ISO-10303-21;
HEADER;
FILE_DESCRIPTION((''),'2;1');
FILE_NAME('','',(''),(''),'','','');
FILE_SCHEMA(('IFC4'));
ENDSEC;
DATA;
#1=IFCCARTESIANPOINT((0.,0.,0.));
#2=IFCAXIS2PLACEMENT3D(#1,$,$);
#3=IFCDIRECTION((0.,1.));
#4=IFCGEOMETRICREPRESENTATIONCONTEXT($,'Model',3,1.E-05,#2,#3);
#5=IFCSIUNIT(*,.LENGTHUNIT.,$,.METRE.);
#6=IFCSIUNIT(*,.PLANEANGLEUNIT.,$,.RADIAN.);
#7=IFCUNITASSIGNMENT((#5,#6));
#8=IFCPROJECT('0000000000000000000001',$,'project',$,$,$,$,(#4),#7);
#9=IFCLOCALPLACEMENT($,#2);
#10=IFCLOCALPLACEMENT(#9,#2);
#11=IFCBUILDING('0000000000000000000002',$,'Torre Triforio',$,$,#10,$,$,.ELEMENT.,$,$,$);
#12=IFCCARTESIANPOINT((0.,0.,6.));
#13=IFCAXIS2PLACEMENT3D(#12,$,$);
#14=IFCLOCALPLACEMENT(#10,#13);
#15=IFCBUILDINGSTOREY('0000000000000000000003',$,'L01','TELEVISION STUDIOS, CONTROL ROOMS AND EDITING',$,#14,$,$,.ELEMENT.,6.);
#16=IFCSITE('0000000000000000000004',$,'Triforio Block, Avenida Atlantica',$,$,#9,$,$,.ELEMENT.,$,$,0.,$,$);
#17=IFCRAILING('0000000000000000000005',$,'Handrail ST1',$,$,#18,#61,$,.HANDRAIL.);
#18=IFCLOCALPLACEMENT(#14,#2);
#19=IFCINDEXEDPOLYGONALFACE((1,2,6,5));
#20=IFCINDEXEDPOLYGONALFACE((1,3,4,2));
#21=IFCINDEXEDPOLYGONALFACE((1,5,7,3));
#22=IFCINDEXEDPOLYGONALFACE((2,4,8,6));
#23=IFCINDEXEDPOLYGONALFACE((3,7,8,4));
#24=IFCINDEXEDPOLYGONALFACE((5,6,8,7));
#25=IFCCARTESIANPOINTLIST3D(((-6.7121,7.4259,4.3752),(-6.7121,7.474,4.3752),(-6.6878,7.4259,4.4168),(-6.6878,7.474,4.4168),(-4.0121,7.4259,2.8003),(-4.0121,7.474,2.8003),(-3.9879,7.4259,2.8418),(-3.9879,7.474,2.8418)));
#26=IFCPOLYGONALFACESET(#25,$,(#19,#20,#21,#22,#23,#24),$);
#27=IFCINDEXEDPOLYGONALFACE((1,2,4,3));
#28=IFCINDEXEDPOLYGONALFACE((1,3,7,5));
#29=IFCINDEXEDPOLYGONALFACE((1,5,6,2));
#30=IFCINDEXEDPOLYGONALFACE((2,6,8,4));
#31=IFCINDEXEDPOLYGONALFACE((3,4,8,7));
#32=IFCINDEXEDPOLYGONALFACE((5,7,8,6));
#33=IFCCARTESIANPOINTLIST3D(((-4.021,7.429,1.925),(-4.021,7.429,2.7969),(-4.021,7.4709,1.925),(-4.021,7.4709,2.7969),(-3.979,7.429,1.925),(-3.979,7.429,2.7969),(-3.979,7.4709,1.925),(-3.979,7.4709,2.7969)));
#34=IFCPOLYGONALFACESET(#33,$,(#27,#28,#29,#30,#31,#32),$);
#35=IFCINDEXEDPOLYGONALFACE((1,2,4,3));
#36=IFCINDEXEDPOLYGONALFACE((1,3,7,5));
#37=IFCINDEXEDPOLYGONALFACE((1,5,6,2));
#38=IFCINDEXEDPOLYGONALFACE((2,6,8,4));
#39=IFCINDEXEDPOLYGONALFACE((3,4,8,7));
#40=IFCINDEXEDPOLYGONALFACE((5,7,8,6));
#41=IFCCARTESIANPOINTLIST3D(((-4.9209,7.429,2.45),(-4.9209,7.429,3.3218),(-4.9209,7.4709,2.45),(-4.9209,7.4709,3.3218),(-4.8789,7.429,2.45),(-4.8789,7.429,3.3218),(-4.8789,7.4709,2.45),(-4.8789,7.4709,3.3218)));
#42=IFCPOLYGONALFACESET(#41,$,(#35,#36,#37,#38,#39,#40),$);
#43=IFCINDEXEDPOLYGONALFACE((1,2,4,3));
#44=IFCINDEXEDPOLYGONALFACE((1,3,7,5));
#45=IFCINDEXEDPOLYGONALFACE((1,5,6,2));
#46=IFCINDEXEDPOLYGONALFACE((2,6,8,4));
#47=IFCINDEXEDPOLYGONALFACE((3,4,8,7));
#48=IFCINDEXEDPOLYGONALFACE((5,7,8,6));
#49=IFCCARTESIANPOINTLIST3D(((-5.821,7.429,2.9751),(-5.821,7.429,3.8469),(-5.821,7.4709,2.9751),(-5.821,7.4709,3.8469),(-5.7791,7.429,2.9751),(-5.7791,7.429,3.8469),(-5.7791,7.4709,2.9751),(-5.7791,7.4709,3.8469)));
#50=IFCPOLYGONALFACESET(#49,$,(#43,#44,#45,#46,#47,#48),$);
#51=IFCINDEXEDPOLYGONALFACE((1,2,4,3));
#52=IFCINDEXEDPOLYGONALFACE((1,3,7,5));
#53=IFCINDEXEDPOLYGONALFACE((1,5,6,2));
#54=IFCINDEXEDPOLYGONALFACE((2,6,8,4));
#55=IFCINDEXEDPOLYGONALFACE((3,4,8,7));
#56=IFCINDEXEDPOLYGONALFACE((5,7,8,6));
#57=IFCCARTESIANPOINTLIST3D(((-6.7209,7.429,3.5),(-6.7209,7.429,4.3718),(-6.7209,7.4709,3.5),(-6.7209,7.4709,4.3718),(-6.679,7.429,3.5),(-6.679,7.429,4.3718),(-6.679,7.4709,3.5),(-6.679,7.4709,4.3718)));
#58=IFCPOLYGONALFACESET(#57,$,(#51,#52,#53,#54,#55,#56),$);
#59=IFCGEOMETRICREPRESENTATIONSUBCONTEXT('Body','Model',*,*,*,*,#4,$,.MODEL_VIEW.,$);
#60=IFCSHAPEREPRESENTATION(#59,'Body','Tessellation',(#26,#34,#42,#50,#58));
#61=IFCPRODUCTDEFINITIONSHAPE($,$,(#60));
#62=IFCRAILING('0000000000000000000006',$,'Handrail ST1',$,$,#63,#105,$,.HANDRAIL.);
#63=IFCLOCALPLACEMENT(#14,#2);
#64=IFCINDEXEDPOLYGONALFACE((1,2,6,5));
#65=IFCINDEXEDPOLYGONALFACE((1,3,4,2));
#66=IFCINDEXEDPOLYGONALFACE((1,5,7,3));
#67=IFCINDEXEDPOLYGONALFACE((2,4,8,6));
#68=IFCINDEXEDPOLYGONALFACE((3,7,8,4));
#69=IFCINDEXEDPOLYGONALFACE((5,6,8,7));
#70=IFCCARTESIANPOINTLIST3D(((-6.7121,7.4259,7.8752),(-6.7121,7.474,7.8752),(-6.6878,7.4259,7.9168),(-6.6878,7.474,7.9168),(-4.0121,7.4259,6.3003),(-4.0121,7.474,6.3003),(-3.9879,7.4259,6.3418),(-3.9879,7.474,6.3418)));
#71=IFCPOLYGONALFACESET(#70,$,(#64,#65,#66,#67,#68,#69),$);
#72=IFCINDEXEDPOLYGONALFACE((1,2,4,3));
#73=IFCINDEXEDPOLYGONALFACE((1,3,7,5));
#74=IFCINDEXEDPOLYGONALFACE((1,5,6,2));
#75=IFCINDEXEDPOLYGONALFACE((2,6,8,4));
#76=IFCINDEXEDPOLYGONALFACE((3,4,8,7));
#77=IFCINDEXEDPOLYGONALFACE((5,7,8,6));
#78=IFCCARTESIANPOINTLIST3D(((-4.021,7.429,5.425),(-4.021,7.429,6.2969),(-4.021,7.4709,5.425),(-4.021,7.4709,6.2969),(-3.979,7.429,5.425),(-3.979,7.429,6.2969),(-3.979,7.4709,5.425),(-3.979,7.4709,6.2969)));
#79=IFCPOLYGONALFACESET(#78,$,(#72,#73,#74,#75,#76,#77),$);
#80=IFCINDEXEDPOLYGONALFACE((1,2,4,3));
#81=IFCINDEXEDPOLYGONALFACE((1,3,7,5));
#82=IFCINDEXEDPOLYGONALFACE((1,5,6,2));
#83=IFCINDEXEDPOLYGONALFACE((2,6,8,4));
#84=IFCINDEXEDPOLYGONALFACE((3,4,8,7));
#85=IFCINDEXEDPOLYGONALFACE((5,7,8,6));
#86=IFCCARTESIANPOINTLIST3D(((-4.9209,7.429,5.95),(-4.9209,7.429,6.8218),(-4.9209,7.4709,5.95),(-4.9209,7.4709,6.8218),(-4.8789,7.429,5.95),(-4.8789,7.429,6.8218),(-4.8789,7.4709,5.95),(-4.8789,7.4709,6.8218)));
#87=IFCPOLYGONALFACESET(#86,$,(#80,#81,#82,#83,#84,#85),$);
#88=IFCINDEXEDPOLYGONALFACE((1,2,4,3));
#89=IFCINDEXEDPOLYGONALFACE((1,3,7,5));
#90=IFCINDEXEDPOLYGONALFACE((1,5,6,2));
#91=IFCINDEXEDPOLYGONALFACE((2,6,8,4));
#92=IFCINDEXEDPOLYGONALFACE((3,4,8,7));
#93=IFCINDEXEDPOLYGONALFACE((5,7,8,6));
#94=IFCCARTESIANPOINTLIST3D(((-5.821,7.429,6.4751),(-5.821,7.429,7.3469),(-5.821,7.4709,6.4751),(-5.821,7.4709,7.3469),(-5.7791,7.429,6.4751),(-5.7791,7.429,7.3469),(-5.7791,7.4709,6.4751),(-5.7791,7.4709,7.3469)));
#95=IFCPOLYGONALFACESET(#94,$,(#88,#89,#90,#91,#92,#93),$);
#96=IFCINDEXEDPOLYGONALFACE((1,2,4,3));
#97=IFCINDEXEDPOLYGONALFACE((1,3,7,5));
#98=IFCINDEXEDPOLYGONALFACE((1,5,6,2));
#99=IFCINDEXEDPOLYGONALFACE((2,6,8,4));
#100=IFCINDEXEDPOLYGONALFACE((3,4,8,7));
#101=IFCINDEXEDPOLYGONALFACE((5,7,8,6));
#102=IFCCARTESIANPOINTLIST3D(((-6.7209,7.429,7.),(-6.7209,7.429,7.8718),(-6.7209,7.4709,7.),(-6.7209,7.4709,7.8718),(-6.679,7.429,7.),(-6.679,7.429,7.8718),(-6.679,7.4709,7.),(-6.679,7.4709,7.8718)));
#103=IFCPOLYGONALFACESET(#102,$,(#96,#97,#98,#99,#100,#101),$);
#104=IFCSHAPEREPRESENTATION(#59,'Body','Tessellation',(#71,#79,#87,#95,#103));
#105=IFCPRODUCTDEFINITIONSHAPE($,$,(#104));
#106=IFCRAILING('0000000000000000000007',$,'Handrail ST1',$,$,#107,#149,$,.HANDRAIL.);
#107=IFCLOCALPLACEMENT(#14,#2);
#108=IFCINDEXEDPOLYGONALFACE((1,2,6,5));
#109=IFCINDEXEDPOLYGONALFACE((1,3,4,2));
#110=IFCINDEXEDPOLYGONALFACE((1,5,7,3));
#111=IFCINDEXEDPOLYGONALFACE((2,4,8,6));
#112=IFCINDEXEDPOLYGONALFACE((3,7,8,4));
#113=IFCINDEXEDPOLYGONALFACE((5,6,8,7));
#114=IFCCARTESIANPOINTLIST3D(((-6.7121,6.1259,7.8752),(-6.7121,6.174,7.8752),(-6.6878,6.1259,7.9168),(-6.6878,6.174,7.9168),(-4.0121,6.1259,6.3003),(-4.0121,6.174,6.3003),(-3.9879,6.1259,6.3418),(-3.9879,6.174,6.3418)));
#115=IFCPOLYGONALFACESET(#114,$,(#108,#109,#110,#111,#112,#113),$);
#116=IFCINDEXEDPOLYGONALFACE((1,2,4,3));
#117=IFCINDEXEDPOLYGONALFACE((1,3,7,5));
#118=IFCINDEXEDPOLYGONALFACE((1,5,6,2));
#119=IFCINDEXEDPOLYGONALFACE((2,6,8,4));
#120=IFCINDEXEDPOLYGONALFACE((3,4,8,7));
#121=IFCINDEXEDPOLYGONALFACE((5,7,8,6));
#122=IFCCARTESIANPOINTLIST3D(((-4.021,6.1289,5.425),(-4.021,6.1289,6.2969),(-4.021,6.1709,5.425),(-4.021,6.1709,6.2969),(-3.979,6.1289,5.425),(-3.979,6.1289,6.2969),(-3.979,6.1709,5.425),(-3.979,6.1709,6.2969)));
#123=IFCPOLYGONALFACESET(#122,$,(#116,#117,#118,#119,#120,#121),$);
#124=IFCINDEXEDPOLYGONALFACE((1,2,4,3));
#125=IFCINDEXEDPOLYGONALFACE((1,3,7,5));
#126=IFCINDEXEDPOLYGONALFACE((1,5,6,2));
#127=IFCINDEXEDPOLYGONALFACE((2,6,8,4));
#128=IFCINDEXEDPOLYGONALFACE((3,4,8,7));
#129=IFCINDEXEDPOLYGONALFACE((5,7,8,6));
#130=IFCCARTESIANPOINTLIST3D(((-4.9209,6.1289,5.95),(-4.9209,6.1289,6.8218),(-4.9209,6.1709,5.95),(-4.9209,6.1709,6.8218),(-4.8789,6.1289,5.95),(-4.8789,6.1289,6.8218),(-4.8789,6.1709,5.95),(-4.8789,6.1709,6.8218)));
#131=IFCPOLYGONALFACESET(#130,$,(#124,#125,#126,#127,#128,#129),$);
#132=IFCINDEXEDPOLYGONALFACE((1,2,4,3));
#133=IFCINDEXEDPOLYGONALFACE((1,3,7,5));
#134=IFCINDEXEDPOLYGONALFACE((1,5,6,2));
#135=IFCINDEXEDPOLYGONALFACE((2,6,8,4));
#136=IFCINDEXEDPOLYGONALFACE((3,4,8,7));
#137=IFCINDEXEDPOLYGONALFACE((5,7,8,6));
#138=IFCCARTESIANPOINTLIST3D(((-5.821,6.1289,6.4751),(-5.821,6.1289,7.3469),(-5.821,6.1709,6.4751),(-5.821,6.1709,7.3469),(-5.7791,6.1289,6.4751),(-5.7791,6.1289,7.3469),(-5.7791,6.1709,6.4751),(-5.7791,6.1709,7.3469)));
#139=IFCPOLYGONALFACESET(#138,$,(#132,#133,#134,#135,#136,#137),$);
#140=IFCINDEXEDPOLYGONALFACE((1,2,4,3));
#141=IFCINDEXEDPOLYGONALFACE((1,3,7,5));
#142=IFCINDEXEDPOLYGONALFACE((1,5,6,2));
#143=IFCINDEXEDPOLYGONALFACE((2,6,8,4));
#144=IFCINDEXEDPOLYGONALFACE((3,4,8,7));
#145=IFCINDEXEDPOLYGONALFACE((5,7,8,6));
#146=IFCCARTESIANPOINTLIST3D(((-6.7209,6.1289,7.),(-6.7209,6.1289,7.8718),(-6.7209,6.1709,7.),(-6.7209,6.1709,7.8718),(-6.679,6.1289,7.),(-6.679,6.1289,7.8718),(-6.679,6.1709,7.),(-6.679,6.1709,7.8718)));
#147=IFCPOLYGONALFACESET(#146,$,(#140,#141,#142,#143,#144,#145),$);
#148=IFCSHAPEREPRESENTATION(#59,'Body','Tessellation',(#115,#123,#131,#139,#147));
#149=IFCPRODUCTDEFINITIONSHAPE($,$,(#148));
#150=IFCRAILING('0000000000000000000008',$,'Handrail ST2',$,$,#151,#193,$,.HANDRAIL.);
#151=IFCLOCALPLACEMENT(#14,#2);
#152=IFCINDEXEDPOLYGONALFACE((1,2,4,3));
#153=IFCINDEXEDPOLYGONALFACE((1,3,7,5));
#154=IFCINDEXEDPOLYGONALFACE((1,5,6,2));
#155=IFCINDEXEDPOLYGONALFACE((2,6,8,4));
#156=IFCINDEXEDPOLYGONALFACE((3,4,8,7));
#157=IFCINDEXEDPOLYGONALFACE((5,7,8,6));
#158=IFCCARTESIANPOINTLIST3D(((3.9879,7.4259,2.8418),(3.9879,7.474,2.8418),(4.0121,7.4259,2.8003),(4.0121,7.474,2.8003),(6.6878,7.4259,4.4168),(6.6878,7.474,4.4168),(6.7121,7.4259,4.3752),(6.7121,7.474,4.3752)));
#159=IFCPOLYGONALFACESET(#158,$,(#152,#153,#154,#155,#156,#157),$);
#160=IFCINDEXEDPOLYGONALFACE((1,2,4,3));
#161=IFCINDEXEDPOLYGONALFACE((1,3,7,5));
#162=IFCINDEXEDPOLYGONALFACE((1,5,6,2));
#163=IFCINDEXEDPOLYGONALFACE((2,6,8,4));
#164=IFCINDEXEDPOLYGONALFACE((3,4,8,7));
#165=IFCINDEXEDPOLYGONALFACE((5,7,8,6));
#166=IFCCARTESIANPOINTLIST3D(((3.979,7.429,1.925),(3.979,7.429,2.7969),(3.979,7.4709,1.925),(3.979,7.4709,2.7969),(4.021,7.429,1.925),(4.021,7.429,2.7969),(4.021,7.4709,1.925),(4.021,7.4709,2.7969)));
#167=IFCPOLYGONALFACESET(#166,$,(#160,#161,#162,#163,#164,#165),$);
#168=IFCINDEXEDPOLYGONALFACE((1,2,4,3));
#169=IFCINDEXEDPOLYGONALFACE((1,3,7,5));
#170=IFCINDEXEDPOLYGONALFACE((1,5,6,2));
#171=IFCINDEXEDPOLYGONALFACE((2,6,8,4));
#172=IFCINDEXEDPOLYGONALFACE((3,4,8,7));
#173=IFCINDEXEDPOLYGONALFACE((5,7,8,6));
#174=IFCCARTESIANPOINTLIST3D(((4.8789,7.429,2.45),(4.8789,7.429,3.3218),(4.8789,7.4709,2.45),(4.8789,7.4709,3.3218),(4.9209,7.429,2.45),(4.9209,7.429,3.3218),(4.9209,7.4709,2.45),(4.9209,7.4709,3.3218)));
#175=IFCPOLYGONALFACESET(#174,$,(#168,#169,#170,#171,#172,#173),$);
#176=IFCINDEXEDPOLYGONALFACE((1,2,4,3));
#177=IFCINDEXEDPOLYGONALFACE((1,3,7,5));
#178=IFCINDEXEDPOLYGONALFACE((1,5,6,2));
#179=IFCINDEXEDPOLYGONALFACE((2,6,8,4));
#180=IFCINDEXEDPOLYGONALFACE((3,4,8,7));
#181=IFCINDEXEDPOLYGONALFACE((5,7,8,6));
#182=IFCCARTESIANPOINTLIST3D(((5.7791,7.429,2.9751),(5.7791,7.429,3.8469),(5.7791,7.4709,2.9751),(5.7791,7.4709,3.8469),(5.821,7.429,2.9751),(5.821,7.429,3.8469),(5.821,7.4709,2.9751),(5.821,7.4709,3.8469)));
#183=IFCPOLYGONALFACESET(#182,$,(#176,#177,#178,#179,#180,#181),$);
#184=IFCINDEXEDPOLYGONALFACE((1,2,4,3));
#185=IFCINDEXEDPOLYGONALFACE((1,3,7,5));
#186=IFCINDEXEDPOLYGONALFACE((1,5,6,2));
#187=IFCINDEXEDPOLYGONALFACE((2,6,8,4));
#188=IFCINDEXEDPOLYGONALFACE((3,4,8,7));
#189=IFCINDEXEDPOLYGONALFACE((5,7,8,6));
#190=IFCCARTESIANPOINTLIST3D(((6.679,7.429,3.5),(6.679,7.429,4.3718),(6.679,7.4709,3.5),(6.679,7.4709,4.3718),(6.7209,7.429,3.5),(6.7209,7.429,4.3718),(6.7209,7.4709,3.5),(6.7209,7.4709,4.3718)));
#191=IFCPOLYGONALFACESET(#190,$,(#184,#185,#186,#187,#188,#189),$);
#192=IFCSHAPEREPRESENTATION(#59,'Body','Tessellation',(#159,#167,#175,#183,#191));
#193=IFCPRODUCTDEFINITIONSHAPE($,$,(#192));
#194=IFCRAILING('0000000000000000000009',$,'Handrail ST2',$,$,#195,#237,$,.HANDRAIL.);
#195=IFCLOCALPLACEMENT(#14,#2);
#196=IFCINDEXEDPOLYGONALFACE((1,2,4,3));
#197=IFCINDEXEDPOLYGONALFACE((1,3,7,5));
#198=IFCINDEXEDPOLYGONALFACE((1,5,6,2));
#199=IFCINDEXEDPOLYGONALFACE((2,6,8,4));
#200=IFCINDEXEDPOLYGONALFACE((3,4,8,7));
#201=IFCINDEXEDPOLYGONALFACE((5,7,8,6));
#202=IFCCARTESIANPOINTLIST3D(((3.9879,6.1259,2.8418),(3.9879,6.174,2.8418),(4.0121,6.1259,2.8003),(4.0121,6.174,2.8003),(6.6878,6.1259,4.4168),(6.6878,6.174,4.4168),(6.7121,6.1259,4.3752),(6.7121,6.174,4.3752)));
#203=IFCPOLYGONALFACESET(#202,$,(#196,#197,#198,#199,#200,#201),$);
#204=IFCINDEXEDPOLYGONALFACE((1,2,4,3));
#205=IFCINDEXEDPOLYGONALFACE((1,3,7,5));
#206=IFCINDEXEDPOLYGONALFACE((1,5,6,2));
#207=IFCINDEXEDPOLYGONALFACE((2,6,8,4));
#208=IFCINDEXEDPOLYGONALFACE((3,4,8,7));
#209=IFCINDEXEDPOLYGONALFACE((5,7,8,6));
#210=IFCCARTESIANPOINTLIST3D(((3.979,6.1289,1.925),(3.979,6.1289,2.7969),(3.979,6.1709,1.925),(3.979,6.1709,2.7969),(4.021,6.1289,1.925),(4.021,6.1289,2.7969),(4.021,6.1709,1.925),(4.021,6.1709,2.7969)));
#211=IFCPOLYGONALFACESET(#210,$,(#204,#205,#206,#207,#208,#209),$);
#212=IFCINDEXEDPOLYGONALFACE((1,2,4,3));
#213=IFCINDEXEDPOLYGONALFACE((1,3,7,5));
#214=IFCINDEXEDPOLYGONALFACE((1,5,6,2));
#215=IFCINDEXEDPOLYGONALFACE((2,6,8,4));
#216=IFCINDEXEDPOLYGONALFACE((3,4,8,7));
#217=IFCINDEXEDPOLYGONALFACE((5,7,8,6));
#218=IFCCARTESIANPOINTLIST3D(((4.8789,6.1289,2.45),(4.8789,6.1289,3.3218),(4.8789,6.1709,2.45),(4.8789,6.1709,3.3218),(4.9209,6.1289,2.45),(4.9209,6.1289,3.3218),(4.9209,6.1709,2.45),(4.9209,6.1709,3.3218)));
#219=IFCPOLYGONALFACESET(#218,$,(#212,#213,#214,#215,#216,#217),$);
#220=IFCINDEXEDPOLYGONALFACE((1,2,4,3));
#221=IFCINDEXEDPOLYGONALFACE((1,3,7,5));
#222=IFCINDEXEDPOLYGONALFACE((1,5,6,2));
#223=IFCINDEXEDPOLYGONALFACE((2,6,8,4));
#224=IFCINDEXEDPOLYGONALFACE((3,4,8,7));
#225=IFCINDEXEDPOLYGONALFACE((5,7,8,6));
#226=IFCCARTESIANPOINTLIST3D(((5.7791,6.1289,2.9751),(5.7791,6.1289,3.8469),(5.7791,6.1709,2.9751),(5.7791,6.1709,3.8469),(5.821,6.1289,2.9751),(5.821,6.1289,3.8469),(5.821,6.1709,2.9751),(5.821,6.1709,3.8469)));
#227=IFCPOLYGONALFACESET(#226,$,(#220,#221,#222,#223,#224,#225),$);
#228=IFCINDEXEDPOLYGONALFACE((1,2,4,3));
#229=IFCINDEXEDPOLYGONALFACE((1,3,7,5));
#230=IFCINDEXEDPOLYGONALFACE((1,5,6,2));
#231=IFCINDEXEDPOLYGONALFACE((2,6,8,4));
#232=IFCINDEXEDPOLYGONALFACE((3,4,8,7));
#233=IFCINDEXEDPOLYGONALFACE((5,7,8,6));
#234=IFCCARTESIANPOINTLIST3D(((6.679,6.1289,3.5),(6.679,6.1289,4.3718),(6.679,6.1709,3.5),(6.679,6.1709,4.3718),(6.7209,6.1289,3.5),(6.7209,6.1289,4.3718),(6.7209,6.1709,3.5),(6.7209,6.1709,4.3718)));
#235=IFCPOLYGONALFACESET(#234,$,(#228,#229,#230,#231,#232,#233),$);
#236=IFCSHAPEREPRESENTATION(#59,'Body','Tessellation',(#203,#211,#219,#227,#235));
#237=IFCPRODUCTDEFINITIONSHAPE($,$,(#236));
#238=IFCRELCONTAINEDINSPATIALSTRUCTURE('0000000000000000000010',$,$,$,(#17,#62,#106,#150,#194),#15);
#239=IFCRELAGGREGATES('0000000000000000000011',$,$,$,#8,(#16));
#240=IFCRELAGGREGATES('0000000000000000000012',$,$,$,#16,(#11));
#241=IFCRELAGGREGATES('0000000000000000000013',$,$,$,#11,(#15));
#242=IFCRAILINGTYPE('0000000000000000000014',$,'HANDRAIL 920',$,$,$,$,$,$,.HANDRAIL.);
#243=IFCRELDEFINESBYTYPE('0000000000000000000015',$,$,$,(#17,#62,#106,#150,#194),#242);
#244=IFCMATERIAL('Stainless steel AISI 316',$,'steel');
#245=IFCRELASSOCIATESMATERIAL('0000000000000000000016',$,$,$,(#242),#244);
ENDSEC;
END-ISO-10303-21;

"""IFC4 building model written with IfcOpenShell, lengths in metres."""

from ifc_helpers import new_model, si_unit, direction, frame, origin, origin_2d, place, context, subcontext, project, spatial, rectangle, extrude, material, type_object, element, save


model = new_model("IFC4")

# Units and contexts
model_context = context("Model", 3, precision=1e-05, world=origin(), true_north=direction((0.0, 1.0)))
body_context = subcontext(model_context, "Body", "Model", "MODEL_VIEW")
ifc_project = project(units=[si_unit("LENGTHUNIT", "METRE"), si_unit("PLANEANGLEUNIT", "RADIAN")], contexts=[model_context])

# Site, building, storey
site_placement = place(None, origin())
site = spatial("IfcSite", under=ifc_project, at=site_placement, Name="Triforio Block, Avenida Atlantica", CompositionType="ELEMENT", RefElevation=0.0)
building_placement = place(site_placement, origin())
building = spatial("IfcBuilding", under=site, at=building_placement, Name="Torre Triforio", CompositionType="ELEMENT")
storey_placement = place(building_placement, frame((0.0, 0.0, 6.0)))
storey = spatial("IfcBuildingStorey", under=building, at=storey_placement, Name="L01", Description="TELEVISION STUDIOS, CONTROL ROOMS AND EDITING", CompositionType="ELEMENT", Elevation=6.0)

# Railings
ifc_material_1 = material(Name="Stainless steel AISI 316", Category="steel")
railing_type = type_object("IfcRailingType", Name="HANDRAIL 920", PredefinedType="HANDRAIL", material=ifc_material_1)
for number, where, name in (
    (1, (-4.0, 7.45, 1.925), "Handrail ST1"),
    (2, (-4.0, 7.45, 5.425), "Handrail ST1"),
    (3, (-4.0, 6.1499, 5.425), "Handrail ST1"),
):
    element("IfcRailing", number, at=place(storey_placement, frame(where)), inside=storey, type_object=railing_type, Name=name, PredefinedType="HANDRAIL", context=body_context, shape_type="SweptSolid", body=[
        extrude(rectangle(XDim=0.0481, YDim=0.0481, at=origin_2d()), frame((0.0, 0.0, 0.896), z_axis=(-0.863782, 0.0, 0.503866), x_axis=(0.0, -1.0, 0.0)), (0.0, 0.0, 1.0), 3.1257),
        extrude(rectangle(XDim=0.042, YDim=0.042, at=origin_2d()), origin(), (0.0, 0.0, 1.0), 0.8718),
        extrude(rectangle(XDim=0.042, YDim=0.042, at=origin_2d()), frame((-0.8999, 0.0, 0.5249)), (0.0, 0.0, 1.0), 0.8718),
        extrude(rectangle(XDim=0.042, YDim=0.042, at=origin_2d()), frame((-1.8, 0.0, 1.05)), (0.0, 0.0, 1.0), 0.8718),
        extrude(rectangle(XDim=0.042, YDim=0.042, at=origin_2d()), frame((-2.7, 0.0, 1.575)), (0.0, 0.0, 1.0), 0.8718),
    ])
for number, where, name in (
    (4, (4.0, 7.45, 1.925), "Handrail ST2"),
    (5, (4.0, 6.1499, 1.925), "Handrail ST2"),
):
    element("IfcRailing", number, at=place(storey_placement, frame(where)), inside=storey, type_object=railing_type, Name=name, PredefinedType="HANDRAIL", context=body_context, shape_type="SweptSolid", body=[
        extrude(rectangle(XDim=0.0481, YDim=0.0481, at=origin_2d()), frame((0.0, 0.0, 0.896), z_axis=(0.863782, 0.0, 0.503866), x_axis=(0.0, 1.0, 0.0)), (0.0, 0.0, 1.0), 3.1257),
        extrude(rectangle(XDim=0.042, YDim=0.042, at=origin_2d()), origin(), (0.0, 0.0, 1.0), 0.8718),
        extrude(rectangle(XDim=0.042, YDim=0.042, at=origin_2d()), frame((0.8999, 0.0, 0.5249)), (0.0, 0.0, 1.0), 0.8718),
        extrude(rectangle(XDim=0.042, YDim=0.042, at=origin_2d()), frame((1.8, 0.0, 1.05)), (0.0, 0.0, 1.0), 0.8718),
        extrude(rectangle(XDim=0.042, YDim=0.042, at=origin_2d()), frame((2.7, 0.0, 1.575)), (0.0, 0.0, 1.0), 0.8718),
    ])

save(model, "model.ifc")
